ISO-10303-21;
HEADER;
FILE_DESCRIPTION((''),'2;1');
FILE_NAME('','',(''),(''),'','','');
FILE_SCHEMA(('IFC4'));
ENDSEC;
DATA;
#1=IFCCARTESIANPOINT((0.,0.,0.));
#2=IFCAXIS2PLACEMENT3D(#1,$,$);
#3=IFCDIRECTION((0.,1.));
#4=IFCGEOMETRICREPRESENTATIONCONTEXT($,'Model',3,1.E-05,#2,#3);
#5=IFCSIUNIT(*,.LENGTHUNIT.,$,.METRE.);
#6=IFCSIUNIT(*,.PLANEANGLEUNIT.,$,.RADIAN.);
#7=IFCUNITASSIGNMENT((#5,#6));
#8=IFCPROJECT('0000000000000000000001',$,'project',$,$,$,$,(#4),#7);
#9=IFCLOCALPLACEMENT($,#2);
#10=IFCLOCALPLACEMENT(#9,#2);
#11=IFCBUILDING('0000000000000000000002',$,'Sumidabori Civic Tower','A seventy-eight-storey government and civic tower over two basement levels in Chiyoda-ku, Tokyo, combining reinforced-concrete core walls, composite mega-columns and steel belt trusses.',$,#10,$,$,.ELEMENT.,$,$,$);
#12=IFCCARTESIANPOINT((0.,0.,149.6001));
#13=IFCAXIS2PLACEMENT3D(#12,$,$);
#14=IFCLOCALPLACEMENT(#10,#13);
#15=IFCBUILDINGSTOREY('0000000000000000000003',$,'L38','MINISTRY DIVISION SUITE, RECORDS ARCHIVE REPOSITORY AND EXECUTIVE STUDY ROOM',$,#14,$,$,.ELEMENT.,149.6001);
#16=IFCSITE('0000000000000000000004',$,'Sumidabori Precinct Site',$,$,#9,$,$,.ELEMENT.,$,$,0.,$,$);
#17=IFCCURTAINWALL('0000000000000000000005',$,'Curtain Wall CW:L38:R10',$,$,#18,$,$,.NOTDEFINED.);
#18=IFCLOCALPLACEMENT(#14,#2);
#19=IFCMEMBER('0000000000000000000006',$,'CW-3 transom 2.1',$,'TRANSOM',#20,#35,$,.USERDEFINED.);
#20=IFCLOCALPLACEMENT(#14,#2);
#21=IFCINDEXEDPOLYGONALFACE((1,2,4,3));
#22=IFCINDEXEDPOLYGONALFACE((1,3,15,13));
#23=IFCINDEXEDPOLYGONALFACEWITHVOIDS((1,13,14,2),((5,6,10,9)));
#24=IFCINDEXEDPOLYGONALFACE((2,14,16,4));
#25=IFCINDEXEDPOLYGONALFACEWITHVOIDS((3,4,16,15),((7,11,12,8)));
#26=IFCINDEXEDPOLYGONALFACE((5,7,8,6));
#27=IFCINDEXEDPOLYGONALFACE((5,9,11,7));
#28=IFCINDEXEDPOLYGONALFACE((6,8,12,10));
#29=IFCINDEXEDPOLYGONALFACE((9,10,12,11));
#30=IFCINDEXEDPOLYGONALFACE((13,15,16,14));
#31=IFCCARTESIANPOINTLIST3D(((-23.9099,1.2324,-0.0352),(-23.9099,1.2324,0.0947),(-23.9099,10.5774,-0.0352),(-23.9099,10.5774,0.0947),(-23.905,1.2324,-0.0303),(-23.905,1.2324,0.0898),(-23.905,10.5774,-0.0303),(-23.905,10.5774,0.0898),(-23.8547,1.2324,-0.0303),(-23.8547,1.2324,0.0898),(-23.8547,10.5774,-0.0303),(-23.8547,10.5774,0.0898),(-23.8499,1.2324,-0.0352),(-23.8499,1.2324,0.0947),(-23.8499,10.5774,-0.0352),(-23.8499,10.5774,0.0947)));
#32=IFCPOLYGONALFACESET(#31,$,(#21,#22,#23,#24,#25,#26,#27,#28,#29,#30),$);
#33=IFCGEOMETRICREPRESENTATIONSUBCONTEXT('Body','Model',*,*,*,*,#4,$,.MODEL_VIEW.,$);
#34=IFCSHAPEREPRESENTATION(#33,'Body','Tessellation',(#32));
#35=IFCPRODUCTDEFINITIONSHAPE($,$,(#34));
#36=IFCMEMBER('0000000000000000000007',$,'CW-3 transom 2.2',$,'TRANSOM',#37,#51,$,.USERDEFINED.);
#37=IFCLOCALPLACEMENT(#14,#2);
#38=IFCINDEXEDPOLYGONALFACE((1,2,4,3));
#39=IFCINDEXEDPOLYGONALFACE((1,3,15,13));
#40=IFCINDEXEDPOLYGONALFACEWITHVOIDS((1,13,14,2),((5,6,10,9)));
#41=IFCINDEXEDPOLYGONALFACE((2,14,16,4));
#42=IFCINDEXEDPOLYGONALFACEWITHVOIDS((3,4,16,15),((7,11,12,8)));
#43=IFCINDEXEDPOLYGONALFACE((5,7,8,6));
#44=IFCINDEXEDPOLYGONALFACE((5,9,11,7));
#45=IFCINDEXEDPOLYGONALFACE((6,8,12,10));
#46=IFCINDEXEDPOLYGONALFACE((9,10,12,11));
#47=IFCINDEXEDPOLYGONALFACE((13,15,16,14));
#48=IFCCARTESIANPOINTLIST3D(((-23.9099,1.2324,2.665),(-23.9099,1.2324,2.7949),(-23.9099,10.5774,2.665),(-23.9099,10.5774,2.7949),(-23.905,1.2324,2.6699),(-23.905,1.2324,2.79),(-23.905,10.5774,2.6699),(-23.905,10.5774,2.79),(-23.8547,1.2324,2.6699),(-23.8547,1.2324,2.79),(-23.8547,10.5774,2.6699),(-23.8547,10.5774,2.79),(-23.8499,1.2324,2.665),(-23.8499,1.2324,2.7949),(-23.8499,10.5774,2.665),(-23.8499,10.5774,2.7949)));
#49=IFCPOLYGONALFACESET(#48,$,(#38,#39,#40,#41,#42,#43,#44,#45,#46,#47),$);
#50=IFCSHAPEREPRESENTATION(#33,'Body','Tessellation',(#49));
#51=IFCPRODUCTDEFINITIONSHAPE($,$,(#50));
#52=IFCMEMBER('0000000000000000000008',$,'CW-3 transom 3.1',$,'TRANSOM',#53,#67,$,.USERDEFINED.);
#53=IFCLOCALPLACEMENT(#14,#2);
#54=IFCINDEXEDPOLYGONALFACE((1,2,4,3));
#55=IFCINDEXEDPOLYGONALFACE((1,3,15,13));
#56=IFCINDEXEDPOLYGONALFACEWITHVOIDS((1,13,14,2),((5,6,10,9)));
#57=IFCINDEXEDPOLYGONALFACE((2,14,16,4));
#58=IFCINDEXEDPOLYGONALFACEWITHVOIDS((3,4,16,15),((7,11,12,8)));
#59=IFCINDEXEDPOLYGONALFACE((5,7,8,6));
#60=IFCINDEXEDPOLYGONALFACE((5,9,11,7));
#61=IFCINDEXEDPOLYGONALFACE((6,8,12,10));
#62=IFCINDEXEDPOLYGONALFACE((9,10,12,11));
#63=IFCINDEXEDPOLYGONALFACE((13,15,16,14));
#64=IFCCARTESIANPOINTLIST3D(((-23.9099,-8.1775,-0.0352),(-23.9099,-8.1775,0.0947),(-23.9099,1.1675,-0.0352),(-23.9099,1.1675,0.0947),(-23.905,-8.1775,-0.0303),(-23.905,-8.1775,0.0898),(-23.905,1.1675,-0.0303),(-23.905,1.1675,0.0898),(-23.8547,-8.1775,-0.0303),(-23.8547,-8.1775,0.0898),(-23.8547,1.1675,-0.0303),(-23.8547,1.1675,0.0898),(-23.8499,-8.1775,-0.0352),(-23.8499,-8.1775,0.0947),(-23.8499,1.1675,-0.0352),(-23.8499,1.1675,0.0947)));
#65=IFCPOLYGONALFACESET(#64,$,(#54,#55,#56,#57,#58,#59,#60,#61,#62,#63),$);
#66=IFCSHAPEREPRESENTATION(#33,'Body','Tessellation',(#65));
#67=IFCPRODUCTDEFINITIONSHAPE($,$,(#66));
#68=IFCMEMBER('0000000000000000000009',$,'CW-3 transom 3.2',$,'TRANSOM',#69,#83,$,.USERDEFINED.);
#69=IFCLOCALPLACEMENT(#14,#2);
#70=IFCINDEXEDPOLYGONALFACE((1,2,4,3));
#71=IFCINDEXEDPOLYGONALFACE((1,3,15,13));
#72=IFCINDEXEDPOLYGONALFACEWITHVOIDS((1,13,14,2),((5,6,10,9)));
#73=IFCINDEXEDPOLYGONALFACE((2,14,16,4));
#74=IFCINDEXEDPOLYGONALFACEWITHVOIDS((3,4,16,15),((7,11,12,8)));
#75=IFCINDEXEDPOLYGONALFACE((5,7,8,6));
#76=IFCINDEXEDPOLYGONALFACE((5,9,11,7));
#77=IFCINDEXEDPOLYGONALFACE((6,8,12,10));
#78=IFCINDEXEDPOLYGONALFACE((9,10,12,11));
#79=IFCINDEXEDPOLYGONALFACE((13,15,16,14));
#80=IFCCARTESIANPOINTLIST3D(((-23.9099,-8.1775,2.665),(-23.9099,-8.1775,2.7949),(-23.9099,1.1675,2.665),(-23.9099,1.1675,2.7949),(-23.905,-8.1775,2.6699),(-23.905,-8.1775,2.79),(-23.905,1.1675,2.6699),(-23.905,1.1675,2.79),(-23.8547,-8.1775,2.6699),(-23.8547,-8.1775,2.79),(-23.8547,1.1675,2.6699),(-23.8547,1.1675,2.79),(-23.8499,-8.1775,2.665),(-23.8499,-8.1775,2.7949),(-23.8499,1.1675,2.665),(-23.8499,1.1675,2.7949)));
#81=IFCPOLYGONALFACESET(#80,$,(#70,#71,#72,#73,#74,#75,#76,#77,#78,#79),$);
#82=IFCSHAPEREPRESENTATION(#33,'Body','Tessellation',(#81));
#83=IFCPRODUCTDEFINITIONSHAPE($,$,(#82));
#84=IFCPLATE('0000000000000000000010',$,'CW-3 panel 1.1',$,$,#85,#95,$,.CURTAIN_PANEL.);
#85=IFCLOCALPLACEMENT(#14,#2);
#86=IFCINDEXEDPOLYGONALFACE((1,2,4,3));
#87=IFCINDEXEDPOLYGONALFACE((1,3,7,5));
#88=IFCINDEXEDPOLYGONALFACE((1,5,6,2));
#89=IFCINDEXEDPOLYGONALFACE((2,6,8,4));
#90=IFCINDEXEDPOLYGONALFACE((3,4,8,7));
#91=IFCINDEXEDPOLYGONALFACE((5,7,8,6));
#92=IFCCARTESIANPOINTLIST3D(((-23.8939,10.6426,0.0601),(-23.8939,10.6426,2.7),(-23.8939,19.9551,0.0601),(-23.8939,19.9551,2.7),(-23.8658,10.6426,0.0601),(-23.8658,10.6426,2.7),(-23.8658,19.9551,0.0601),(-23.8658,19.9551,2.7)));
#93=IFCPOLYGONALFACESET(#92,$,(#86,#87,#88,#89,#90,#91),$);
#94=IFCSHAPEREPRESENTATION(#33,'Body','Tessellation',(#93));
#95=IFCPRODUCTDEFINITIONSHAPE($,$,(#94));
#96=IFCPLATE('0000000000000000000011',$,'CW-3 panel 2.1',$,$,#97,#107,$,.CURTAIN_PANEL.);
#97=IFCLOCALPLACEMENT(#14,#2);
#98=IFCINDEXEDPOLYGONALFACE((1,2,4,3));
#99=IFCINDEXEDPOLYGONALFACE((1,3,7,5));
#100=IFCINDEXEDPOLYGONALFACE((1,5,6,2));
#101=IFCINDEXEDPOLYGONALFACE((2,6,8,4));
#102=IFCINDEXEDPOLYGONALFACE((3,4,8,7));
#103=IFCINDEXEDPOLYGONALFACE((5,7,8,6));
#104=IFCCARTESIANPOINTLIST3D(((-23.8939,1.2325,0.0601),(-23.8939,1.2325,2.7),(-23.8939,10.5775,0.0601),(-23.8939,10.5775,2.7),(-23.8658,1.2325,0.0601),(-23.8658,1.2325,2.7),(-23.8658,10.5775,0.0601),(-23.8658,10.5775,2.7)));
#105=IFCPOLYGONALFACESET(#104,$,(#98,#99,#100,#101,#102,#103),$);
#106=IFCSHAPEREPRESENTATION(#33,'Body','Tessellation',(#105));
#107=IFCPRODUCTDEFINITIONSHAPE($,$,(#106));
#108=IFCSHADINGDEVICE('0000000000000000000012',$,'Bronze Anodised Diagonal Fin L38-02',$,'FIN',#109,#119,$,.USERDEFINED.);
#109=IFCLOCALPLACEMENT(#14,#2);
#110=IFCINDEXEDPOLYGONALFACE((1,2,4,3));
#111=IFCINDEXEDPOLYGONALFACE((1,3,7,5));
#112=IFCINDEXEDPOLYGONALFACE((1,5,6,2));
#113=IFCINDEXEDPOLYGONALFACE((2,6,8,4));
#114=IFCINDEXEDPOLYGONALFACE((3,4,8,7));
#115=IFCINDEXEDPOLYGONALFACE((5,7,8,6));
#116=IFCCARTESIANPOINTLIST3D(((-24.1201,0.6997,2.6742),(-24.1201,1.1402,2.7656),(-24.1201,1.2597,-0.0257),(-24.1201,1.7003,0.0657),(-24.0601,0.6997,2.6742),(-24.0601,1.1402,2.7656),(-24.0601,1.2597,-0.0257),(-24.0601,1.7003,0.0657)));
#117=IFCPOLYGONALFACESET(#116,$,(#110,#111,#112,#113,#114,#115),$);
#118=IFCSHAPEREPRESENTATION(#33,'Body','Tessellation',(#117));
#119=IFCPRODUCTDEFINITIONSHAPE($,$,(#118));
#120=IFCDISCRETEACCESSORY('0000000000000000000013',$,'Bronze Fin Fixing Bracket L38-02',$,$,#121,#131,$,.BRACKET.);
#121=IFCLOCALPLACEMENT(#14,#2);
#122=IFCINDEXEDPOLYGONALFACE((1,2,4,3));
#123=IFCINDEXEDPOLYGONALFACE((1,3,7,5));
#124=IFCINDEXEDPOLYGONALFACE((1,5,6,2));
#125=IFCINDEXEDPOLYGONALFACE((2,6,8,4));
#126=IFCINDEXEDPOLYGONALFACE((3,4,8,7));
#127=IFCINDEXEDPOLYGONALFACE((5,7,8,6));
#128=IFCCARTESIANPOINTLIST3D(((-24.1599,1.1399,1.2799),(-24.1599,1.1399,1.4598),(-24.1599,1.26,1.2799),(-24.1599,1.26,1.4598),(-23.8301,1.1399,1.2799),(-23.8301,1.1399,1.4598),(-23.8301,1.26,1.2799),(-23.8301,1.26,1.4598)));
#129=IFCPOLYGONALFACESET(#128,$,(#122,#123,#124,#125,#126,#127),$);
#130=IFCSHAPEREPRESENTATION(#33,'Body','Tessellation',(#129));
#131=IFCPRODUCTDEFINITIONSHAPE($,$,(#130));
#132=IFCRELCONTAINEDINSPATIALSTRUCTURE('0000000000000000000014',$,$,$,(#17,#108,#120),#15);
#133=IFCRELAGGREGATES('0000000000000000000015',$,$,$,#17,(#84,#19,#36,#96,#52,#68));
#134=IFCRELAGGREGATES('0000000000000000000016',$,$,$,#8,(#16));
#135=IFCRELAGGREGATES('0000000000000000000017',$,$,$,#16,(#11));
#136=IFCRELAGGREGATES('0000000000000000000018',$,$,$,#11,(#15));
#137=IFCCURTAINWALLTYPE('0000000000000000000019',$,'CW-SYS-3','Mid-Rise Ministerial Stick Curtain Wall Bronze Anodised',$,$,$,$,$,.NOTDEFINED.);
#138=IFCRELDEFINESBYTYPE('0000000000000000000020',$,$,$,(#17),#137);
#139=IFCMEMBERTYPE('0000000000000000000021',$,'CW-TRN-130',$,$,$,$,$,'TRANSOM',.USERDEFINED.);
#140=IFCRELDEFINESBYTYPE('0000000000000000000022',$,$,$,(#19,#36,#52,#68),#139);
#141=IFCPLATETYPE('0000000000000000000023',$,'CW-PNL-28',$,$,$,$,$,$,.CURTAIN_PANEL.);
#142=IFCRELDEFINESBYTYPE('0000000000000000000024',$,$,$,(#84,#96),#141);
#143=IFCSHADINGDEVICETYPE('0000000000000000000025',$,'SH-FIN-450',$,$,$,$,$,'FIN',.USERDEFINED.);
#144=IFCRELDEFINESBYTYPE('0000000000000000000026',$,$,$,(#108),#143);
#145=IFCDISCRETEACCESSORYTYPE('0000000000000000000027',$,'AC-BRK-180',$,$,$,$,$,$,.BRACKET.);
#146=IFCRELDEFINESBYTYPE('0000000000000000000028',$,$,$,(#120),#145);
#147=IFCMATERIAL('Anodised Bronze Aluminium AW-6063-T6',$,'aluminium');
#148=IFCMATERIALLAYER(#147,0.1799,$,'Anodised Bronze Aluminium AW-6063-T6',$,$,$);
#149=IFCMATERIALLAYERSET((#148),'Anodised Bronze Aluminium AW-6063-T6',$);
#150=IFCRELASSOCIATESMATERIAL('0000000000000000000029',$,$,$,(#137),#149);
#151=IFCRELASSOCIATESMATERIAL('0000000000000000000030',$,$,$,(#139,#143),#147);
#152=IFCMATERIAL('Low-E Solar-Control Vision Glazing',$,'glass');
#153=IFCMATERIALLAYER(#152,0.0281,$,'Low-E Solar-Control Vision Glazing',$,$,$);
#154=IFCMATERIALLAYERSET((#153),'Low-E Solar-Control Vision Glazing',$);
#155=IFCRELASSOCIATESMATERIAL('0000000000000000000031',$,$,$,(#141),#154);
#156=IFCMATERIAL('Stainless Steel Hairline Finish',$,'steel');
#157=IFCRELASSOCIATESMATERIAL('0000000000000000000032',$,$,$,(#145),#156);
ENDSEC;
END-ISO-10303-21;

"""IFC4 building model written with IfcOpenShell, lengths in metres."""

from ifc_helpers import new_model, si_unit, direction, frame, origin, origin_2d, place, context, subcontext, project, spatial, rectangle, hollow_rectangle, extrude, source, transform, mapped, material, layer, layer_set, material_profile, profile_set, type_object, element, aggregate, save


model = new_model("IFC4")

# Units and contexts
model_context = context("Model", 3, precision=1e-05, world=origin(), true_north=direction((0.0, 1.0)))
body_context = subcontext(model_context, "Body", "Model", "MODEL_VIEW")
ifc_project = project(units=[si_unit("LENGTHUNIT", "METRE"), si_unit("PLANEANGLEUNIT", "RADIAN")], contexts=[model_context])

# Site, building, storey
site_placement = place(None, origin())
site = spatial("IfcSite", under=ifc_project, at=site_placement, Name="Sumidabori Precinct Site", CompositionType="ELEMENT", RefElevation=0.0)
building_placement = place(site_placement, origin())
building = spatial("IfcBuilding", under=site, at=building_placement, Name="Sumidabori Civic Tower", Description="A seventy-eight-storey government and civic tower over two basement levels in Chiyoda-ku, Tokyo, combining reinforced-concrete core walls, composite mega-columns and steel belt trusses.", CompositionType="ELEMENT")
storey_placement = place(building_placement, frame((0.0, 0.0, 149.6001)))
storey = spatial("IfcBuildingStorey", under=building, at=storey_placement, Name="L38", Description="MINISTRY DIVISION SUITE, RECORDS ARCHIVE REPOSITORY AND EXECUTIVE STUDY ROOM", CompositionType="ELEMENT", Elevation=149.6001)

# Curtain wall, members, plates
ifc_material_1 = material(Name="Anodised Bronze Aluminium AW-6063-T6", Category="aluminium")
ifc_layer_1 = layer(ifc_material_1, 0.1799, Name="Anodised Bronze Aluminium AW-6063-T6")
ifc_layer_set_1 = layer_set([ifc_layer_1], Name="Anodised Bronze Aluminium AW-6063-T6")
curtain_wall_type = type_object("IfcCurtainWallType", Name="CW-SYS-3", Description="Mid-Rise Ministerial Stick Curtain Wall Bronze Anodised", PredefinedType="NOTDEFINED", material=ifc_layer_set_1)
curtain_wall_placement = place(storey_placement, origin())
curtain_wall = element("IfcCurtainWall", 1, at=curtain_wall_placement, inside=storey, type_object=curtain_wall_type, Name="Curtain Wall CW:L38:R10", PredefinedType="NOTDEFINED")
ifc_material_profile_1 = material_profile(ifc_material_1, hollow_rectangle(XDim=0.0601, YDim=0.1299, WallThickness=0.0049, at=origin_2d()), Name="ALU TRANSOM 130x60")
ifc_profile_set_1 = profile_set([ifc_material_profile_1], Name="Anodised Bronze Aluminium AW-6063-T6")
member_type_1 = type_object("IfcMemberType", Name="CW-TRN-130", ElementType="TRANSOM", PredefinedType="USERDEFINED", material=ifc_profile_set_1)
shared_shape_1 = source(origin(), body_context, "Body", "SweptSolid", [
    extrude(hollow_rectangle(XDim=0.0601, YDim=0.1299, WallThickness=0.0049, at=origin_2d()), origin(), (0.0, 0.0, 1.0), 9.345),
])
member_1_placement = place(storey_placement, frame((-23.8799, 10.5774, 0.0298), z_axis=(0.0, -1.0, 0.0), x_axis=(1.0, 0.0, 0.0)))
member_1 = element("IfcMember", 2, at=member_1_placement, type_object=member_type_1, Name="CW-3 transom 2.1", ObjectType="TRANSOM", PredefinedType="USERDEFINED", context=body_context, shape_type="MappedRepresentation", body=[
    mapped(shared_shape_1, transform((0.0, 0.0, 0.0), x_axis=(1.0, 0.0, 0.0), y_axis=(0.0, 1.0, 0.0), z_axis=(0.0, 0.0, 1.0), scale=1.0)),
])
member_2_placement = place(storey_placement, frame((-23.8799, 10.5774, 2.73), z_axis=(0.0, -1.0, 0.0), x_axis=(1.0, 0.0, 0.0)))
member_2 = element("IfcMember", 3, at=member_2_placement, type_object=member_type_1, Name="CW-3 transom 2.2", ObjectType="TRANSOM", PredefinedType="USERDEFINED", context=body_context, shape_type="MappedRepresentation", body=[
    mapped(shared_shape_1, transform((0.0, 0.0, 0.0), x_axis=(1.0, 0.0, 0.0), y_axis=(0.0, 1.0, 0.0), z_axis=(0.0, 0.0, 1.0), scale=1.0)),
])
member_3_placement = place(storey_placement, frame((-23.8799, 1.1675, 0.0298), z_axis=(0.0, -1.0, 0.0), x_axis=(1.0, 0.0, 0.0)))
member_3 = element("IfcMember", 4, at=member_3_placement, type_object=member_type_1, Name="CW-3 transom 3.1", ObjectType="TRANSOM", PredefinedType="USERDEFINED", context=body_context, shape_type="MappedRepresentation", body=[
    mapped(shared_shape_1, transform((0.0, 0.0, 0.0), x_axis=(1.0, 0.0, 0.0), y_axis=(0.0, 1.0, 0.0), z_axis=(0.0, 0.0, 1.0), scale=1.0)),
])
member_4_placement = place(storey_placement, frame((-23.8799, 1.1675, 2.73), z_axis=(0.0, -1.0, 0.0), x_axis=(1.0, 0.0, 0.0)))
member_4 = element("IfcMember", 5, at=member_4_placement, type_object=member_type_1, Name="CW-3 transom 3.2", ObjectType="TRANSOM", PredefinedType="USERDEFINED", context=body_context, shape_type="MappedRepresentation", body=[
    mapped(shared_shape_1, transform((0.0, 0.0, 0.0), x_axis=(1.0, 0.0, 0.0), y_axis=(0.0, 1.0, 0.0), z_axis=(0.0, 0.0, 1.0), scale=1.0)),
])
ifc_material_2 = material(Name="Low-E Solar-Control Vision Glazing", Category="glass")
ifc_layer_2 = layer(ifc_material_2, 0.0281, Name="Low-E Solar-Control Vision Glazing")
ifc_layer_set_2 = layer_set([ifc_layer_2], Name="Low-E Solar-Control Vision Glazing")
plate_type = type_object("IfcPlateType", Name="CW-PNL-28", PredefinedType="CURTAIN_PANEL", material=ifc_layer_set_2)
shared_shape_2 = source(origin(), body_context, "Body", "SweptSolid", [
    extrude(rectangle(XDim=9.3125, YDim=0.0281, at=origin_2d()), origin(), (0.0, 0.0, 1.0), 2.6399),
])
plate_1_placement = place(storey_placement, frame((-23.8799, 15.2988, 0.0601), z_axis=(0.0, 0.0, 1.0), x_axis=(0.0, -1.0, 0.0)))
plate_1 = element("IfcPlate", 6, at=plate_1_placement, type_object=plate_type, Name="CW-3 panel 1.1", PredefinedType="CURTAIN_PANEL", context=body_context, shape_type="MappedRepresentation", body=[
    mapped(shared_shape_2, transform((0.0, 0.0, 0.0), x_axis=(1.0, 0.0, 0.0), y_axis=(0.0, 1.0, 0.0), z_axis=(0.0, 0.0, 1.0), scale=1.0)),
])
shared_shape_3 = source(origin(), body_context, "Body", "SweptSolid", [
    extrude(rectangle(XDim=9.345, YDim=0.0281, at=origin_2d()), origin(), (0.0, 0.0, 1.0), 2.6399),
])
plate_2_placement = place(storey_placement, frame((-23.8799, 5.905, 0.0601), z_axis=(0.0, 0.0, 1.0), x_axis=(0.0, -1.0, 0.0)))
plate_2 = element("IfcPlate", 7, at=plate_2_placement, type_object=plate_type, Name="CW-3 panel 2.1", PredefinedType="CURTAIN_PANEL", context=body_context, shape_type="MappedRepresentation", body=[
    mapped(shared_shape_3, transform((0.0, 0.0, 0.0), x_axis=(1.0, 0.0, 0.0), y_axis=(0.0, 1.0, 0.0), z_axis=(0.0, 0.0, 1.0), scale=1.0)),
])
aggregate(curtain_wall, [plate_1, member_1, member_2, plate_2, member_3, member_4])

# Shading device
ifc_material_profile_2 = material_profile(ifc_material_1, rectangle(XDim=0.0601, YDim=0.45, at=origin_2d()), Name="BRONZE FIN 450x60")
ifc_profile_set_2 = profile_set([ifc_material_profile_2], Name="Anodised Bronze Aluminium AW-6063-T6")
shading_device_type = type_object("IfcShadingDeviceType", Name="SH-FIN-450", ElementType="FIN", PredefinedType="USERDEFINED", material=ifc_profile_set_2)
shared_shape_4 = source(origin(), body_context, "Body", "SweptSolid", [
    extrude(rectangle(XDim=0.0601, YDim=0.45, at=origin_2d()), origin(), (0.0, 0.0, 1.0), 2.7573),
])
shading_device_placement = place(storey_placement, frame((-24.0901, 1.48, 0.02), z_axis=(0.0, -0.203109, 0.979156), x_axis=(-1.0, 0.0, 0.0)))
element("IfcShadingDevice", 8, at=shading_device_placement, inside=storey, type_object=shading_device_type, Name="Bronze Anodised Diagonal Fin L38-02", ObjectType="FIN", PredefinedType="USERDEFINED", context=body_context, shape_type="MappedRepresentation", body=[
    mapped(shared_shape_4, transform((0.0, 0.0, 0.0), x_axis=(1.0, 0.0, 0.0), y_axis=(0.0, 1.0, 0.0), z_axis=(0.0, 0.0, 1.0), scale=1.0)),
])

# Discrete accessory
ifc_material_3 = material(Name="Stainless Steel Hairline Finish", Category="steel")
ifc_material_profile_3 = material_profile(ifc_material_3, rectangle(XDim=0.1201, YDim=0.1799, at=origin_2d()), Name="STEEL BRACKET 180x120")
ifc_profile_set_3 = profile_set([ifc_material_profile_3], Name="Stainless Steel Hairline Finish")
discrete_accessory_type = type_object("IfcDiscreteAccessoryType", Name="AC-BRK-180", PredefinedType="BRACKET", material=ifc_profile_set_3)
shared_shape_5 = source(origin(), body_context, "Body", "SweptSolid", [
    extrude(rectangle(XDim=0.1201, YDim=0.1799, at=origin_2d()), origin(), (0.0, 0.0, 1.0), 0.3298),
])
discrete_accessory_placement = place(storey_placement, frame((-23.8301, 1.2, 1.3699), z_axis=(-1.0, 0.0, 0.0), x_axis=(0.0, -1.0, 0.0)))
element("IfcDiscreteAccessory", 9, at=discrete_accessory_placement, inside=storey, type_object=discrete_accessory_type, Name="Bronze Fin Fixing Bracket L38-02", PredefinedType="BRACKET", context=body_context, shape_type="MappedRepresentation", body=[
    mapped(shared_shape_5, transform((0.0, 0.0, 0.0), x_axis=(1.0, 0.0, 0.0), y_axis=(0.0, 1.0, 0.0), z_axis=(0.0, 0.0, 1.0), scale=1.0)),
])

save(model, "model.ifc")
